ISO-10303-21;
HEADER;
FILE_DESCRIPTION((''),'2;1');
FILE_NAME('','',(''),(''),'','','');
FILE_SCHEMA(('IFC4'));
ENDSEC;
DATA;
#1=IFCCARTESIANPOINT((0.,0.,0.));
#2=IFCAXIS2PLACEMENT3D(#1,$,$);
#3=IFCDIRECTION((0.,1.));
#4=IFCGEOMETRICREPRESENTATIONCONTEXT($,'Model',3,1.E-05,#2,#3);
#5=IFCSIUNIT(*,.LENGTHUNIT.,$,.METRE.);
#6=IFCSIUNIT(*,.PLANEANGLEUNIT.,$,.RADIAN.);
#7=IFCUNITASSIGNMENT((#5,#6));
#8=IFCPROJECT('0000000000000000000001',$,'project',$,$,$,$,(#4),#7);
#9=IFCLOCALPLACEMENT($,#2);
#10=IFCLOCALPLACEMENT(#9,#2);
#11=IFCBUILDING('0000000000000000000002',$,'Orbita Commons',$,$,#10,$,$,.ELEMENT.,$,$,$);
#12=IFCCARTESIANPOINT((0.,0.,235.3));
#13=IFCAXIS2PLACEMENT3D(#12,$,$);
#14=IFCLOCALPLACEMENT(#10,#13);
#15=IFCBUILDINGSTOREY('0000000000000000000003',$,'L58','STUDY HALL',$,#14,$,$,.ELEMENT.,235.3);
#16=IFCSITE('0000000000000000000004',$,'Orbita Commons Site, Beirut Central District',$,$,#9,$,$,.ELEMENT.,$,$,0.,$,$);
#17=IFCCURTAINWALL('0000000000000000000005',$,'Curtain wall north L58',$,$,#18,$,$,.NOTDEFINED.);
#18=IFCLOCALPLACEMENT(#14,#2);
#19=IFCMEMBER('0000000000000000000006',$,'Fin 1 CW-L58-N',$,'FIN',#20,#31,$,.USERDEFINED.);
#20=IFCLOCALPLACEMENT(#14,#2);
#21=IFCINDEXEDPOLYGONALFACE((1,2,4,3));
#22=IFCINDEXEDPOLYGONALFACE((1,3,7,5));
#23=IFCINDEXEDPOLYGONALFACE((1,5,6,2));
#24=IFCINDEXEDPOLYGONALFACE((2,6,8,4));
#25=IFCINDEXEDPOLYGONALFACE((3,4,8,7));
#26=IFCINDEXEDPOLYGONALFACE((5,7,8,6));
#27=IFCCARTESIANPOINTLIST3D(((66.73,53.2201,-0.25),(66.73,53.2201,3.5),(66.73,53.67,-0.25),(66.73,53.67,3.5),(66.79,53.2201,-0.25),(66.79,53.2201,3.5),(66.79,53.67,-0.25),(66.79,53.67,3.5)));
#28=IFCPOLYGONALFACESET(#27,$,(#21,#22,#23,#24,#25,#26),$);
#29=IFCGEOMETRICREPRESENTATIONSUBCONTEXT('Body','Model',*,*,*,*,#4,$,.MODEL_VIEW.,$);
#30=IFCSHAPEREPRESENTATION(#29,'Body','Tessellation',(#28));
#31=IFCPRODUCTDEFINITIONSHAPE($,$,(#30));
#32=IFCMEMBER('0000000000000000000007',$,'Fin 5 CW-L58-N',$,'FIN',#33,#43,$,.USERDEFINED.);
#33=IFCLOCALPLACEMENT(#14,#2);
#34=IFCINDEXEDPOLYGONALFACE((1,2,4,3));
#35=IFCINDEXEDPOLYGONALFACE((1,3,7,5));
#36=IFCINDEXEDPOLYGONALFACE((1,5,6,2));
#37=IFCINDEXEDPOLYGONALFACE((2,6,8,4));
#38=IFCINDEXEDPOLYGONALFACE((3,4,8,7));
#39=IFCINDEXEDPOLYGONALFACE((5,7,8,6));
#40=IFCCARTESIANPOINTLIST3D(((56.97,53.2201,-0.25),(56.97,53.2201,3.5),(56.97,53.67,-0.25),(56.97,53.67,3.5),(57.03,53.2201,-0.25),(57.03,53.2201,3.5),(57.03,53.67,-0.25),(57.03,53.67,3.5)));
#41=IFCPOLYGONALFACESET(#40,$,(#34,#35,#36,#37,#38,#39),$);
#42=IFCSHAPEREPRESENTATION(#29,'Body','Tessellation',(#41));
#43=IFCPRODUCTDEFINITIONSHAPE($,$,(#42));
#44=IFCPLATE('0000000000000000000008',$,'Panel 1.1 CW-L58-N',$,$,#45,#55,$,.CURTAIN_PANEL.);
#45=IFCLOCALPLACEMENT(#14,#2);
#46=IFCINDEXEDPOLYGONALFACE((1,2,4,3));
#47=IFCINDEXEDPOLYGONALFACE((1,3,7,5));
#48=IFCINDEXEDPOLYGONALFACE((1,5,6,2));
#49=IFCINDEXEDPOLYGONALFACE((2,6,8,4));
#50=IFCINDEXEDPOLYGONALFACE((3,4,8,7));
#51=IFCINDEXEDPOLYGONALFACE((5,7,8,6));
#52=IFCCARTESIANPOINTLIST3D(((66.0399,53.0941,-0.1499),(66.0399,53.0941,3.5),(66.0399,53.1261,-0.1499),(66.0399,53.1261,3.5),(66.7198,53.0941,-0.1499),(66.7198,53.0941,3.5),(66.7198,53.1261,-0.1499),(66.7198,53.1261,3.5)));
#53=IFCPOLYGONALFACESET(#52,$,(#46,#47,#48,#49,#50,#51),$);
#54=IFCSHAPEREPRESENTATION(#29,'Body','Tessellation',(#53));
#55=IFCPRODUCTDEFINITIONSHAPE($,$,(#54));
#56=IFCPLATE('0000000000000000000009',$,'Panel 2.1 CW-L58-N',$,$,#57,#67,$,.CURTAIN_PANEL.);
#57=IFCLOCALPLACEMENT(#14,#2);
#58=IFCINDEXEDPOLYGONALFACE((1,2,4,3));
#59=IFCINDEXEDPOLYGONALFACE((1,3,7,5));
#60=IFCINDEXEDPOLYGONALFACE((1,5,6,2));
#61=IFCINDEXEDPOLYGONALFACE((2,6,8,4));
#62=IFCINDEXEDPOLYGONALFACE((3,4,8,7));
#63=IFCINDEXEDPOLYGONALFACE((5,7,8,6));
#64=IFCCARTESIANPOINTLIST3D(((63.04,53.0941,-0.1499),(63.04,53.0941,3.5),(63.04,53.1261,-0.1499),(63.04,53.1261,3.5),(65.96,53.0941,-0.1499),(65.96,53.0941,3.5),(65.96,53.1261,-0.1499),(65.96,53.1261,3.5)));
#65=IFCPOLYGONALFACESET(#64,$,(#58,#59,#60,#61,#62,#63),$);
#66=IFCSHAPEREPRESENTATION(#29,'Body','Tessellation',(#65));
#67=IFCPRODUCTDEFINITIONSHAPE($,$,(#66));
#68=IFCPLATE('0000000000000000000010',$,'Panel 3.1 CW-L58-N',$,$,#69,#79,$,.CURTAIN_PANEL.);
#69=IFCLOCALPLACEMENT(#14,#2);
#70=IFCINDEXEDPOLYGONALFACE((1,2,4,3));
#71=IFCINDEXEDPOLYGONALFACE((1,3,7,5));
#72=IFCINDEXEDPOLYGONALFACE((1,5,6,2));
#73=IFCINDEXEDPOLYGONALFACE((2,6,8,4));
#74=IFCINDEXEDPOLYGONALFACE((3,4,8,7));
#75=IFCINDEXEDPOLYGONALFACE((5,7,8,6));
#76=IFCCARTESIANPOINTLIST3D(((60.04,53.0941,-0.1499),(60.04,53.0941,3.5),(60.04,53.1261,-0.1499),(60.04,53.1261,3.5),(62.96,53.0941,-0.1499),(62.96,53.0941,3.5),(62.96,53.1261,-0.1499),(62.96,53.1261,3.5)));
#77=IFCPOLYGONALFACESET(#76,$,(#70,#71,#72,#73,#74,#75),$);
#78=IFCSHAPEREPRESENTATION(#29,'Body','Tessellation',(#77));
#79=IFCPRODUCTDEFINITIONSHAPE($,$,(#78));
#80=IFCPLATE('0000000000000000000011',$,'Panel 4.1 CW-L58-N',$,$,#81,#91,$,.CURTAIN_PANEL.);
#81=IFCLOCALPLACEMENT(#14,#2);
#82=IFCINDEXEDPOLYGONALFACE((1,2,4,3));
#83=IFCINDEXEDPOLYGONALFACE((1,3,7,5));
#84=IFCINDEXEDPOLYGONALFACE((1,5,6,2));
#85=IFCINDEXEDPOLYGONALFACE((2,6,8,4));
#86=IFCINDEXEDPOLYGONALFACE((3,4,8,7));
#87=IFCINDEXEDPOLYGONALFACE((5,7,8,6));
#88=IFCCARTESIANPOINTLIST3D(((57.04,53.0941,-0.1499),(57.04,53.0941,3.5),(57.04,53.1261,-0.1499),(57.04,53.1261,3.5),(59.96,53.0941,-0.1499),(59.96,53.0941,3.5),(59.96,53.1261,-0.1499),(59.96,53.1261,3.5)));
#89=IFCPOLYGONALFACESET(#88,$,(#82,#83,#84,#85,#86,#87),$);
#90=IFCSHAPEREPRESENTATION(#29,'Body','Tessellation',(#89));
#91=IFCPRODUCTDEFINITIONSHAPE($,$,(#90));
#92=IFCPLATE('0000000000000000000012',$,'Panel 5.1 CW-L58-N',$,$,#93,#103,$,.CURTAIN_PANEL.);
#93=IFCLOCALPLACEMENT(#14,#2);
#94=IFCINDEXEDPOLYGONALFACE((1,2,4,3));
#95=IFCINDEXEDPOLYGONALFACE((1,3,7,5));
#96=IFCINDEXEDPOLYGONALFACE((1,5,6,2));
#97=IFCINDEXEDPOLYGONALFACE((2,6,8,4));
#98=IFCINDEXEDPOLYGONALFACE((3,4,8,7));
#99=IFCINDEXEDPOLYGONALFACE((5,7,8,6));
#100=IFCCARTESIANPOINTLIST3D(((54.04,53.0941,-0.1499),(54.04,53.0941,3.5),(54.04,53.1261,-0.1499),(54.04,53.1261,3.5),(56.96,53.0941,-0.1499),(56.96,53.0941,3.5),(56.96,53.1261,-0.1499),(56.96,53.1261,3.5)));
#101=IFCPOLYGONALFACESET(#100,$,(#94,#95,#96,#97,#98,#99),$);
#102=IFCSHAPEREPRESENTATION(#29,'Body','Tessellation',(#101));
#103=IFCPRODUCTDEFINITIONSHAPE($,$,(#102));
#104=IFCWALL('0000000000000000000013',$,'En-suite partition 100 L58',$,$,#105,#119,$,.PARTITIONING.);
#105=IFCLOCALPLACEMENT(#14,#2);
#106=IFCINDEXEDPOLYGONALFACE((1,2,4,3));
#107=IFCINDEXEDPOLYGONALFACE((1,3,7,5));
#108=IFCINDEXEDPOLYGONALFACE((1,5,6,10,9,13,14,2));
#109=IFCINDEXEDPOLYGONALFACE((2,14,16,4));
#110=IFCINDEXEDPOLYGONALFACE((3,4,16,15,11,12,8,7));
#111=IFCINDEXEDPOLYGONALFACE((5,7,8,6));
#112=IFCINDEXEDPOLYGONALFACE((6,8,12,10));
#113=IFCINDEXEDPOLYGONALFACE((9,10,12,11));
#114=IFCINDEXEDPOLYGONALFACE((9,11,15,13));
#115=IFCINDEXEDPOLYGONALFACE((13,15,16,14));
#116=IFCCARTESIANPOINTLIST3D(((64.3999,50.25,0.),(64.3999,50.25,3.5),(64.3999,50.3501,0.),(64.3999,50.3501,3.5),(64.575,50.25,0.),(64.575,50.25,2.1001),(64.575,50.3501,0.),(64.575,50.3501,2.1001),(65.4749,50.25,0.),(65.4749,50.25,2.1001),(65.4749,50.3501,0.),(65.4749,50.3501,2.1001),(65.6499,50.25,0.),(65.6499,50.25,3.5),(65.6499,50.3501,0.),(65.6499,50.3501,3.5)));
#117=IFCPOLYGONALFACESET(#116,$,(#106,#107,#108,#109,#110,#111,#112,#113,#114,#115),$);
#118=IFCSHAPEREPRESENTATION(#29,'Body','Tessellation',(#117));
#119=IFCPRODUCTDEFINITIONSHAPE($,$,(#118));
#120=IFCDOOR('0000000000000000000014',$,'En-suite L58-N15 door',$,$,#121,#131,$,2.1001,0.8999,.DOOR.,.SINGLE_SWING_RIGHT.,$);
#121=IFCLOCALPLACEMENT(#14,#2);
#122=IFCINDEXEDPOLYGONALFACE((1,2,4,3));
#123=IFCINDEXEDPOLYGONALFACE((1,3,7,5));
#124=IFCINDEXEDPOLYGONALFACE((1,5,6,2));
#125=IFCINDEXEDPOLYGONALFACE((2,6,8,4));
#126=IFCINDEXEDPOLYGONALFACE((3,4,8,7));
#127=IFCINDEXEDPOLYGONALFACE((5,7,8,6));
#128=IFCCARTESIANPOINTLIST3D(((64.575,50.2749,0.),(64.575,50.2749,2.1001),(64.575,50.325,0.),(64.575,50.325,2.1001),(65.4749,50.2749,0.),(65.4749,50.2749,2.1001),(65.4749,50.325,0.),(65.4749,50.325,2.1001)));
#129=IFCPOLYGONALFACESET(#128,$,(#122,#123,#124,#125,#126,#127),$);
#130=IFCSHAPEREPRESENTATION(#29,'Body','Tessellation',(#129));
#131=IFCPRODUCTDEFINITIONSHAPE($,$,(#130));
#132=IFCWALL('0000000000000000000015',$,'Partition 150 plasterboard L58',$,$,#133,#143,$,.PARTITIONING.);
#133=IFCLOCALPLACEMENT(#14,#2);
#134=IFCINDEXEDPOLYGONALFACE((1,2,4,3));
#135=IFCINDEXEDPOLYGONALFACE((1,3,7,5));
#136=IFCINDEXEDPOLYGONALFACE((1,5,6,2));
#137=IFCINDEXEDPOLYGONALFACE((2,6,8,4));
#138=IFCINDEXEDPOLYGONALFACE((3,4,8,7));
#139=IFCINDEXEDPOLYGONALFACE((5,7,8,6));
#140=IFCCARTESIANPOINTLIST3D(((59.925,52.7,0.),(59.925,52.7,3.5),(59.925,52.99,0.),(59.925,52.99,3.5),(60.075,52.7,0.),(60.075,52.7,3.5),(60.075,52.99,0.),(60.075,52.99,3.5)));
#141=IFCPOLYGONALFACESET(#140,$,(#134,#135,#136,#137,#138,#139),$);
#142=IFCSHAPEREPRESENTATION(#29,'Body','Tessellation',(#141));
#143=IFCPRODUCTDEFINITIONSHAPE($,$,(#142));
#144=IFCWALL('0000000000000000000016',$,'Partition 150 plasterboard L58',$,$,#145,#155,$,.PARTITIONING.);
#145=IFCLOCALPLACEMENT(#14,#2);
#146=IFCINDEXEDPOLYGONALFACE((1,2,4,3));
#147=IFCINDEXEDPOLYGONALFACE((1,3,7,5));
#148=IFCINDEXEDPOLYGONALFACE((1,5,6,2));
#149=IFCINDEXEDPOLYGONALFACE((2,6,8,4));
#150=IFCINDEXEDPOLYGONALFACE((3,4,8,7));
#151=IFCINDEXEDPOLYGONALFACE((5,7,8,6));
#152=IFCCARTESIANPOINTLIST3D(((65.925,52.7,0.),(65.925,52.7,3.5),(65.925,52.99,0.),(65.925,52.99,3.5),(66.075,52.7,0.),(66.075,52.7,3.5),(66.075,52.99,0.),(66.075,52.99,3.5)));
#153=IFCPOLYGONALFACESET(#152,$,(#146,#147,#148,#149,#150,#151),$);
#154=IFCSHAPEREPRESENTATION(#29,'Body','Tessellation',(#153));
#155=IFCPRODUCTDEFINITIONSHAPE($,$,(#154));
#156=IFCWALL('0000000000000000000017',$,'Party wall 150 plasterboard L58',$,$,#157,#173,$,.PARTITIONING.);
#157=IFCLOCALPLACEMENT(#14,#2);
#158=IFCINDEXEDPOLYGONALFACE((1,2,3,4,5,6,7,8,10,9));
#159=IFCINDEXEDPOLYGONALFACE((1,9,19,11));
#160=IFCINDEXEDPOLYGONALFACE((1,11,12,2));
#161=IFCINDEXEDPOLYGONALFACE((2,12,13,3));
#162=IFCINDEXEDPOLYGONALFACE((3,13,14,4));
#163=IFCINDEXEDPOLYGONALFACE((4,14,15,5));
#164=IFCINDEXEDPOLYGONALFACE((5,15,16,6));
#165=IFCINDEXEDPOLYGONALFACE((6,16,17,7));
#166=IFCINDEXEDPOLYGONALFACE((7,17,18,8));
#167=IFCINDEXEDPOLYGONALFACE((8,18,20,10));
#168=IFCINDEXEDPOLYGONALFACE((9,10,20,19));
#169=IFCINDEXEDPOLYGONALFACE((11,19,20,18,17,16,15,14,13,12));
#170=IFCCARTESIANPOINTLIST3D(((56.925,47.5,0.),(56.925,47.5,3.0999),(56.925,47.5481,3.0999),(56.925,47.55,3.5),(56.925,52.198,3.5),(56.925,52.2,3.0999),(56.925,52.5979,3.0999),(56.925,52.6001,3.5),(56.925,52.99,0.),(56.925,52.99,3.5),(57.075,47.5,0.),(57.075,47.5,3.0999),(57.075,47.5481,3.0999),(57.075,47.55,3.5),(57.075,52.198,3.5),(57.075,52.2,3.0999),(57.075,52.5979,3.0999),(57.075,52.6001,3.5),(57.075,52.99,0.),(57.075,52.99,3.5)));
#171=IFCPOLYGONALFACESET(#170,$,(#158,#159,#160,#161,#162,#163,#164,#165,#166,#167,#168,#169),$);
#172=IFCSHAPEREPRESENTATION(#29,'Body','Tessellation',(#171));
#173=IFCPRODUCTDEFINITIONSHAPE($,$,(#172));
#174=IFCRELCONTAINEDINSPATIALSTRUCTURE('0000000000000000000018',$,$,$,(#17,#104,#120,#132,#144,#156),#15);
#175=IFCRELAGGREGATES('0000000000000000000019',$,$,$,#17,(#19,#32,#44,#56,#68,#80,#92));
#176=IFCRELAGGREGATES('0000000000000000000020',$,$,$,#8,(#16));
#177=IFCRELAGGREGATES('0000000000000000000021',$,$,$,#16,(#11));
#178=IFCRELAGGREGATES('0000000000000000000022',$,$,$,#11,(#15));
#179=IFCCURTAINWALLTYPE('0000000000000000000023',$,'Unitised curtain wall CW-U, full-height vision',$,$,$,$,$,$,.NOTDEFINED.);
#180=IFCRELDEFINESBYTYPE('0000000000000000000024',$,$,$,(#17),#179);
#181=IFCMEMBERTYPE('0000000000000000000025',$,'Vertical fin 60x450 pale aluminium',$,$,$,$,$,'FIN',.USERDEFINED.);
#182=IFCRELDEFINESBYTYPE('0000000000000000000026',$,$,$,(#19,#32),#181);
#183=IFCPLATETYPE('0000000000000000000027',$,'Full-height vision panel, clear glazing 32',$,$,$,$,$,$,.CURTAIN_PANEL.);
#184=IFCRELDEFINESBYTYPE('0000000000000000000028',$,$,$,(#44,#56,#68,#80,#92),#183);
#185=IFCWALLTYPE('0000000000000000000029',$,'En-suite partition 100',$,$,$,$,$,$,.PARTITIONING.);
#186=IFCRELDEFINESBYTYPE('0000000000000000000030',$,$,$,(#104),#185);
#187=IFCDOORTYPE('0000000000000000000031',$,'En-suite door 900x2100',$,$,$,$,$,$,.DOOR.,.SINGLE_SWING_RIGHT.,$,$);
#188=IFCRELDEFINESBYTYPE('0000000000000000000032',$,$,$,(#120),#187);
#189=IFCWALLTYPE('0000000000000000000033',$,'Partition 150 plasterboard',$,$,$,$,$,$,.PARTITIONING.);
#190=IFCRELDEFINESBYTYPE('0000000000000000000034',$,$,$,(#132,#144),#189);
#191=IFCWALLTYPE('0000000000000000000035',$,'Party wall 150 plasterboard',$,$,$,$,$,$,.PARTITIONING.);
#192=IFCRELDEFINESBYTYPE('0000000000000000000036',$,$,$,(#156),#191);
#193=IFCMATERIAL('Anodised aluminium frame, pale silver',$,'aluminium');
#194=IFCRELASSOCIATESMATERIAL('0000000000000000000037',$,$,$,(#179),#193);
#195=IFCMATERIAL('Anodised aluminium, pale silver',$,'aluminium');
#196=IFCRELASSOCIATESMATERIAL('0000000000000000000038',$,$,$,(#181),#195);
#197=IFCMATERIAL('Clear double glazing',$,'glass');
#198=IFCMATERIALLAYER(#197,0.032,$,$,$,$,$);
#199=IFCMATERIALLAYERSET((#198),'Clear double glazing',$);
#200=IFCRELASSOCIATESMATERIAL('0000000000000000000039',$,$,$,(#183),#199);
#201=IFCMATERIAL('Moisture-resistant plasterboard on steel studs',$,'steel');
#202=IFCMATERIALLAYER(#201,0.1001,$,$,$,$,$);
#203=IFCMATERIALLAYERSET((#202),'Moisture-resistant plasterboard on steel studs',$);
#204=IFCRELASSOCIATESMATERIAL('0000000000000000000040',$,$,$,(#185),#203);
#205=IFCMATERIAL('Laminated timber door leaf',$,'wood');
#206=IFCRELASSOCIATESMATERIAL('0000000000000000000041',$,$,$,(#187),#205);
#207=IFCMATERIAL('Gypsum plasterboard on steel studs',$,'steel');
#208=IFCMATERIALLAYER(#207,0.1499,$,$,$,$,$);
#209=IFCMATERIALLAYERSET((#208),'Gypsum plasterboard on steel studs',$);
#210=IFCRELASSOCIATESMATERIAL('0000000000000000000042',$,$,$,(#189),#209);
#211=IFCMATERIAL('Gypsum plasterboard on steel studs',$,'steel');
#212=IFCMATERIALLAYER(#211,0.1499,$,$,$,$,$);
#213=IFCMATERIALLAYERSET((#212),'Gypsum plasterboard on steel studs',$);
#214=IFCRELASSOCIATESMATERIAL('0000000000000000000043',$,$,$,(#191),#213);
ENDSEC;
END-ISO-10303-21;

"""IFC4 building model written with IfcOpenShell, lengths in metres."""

from ifc_helpers import new_model, si_unit, direction, frame, frame_2d, origin, origin_2d, place, context, subcontext, project, spatial, polyline, rectangle, outline, extrude, material, layer, layer_set, material_profile, profile_set, type_object, element, fill, aggregate, save


model = new_model("IFC4")

# Units and contexts
model_context = context("Model", 3, precision=1e-05, world=origin(), true_north=direction((0.0, 1.0)))
body_context = subcontext(model_context, "Body", "Model", "MODEL_VIEW")
ifc_project = project(units=[si_unit("LENGTHUNIT", "METRE"), si_unit("PLANEANGLEUNIT", "RADIAN")], contexts=[model_context])

# Site, building, storey
site_placement = place(None, origin())
site = spatial("IfcSite", under=ifc_project, at=site_placement, Name="Orbita Commons Site, Beirut Central District", CompositionType="ELEMENT", RefElevation=0.0)
building_placement = place(site_placement, origin())
building = spatial("IfcBuilding", under=site, at=building_placement, Name="Orbita Commons", CompositionType="ELEMENT")
storey_placement = place(building_placement, frame((0.0, 0.0, 235.3)))
storey = spatial("IfcBuildingStorey", under=building, at=storey_placement, Name="L58", Description="STUDY HALL", CompositionType="ELEMENT", Elevation=235.3)

# Curtain wall
ifc_material_1 = material(Name="Anodised aluminium frame, pale silver", Category="aluminium")
curtain_wall_type = type_object("IfcCurtainWallType", Name="Unitised curtain wall CW-U, full-height vision", PredefinedType="NOTDEFINED", material=ifc_material_1)
curtain_wall_placement = place(storey_placement, origin())
curtain_wall = element("IfcCurtainWall", 1, at=curtain_wall_placement, inside=storey, type_object=curtain_wall_type, Name="Curtain wall north L58", PredefinedType="NOTDEFINED")

# Members
ifc_material_2 = material(Name="Anodised aluminium, pale silver", Category="aluminium")
ifc_material_profile_1 = material_profile(ifc_material_2, rectangle(XDim=0.0601, YDim=0.45, at=origin_2d()), Name="FIN 60x450")
ifc_profile_set_1 = profile_set([ifc_material_profile_1], Name="Anodised aluminium, pale silver")
member_type_1 = type_object("IfcMemberType", Name="Vertical fin 60x450 pale aluminium", ElementType="FIN", PredefinedType="USERDEFINED", material=ifc_profile_set_1)
member_1_placement = place(storey_placement, frame((66.76, 53.4451, -0.25), z_axis=(0.0, 0.0, 1.0), x_axis=(-1.0, 0.0, 0.0)))
member_1 = element("IfcMember", 2, at=member_1_placement, type_object=member_type_1, Name="Fin 1 CW-L58-N", ObjectType="FIN", PredefinedType="USERDEFINED", context=body_context, shape_type="SweptSolid", body=[
    extrude(rectangle(XDim=0.0601, YDim=0.45, at=origin_2d()), origin(), (0.0, 0.0, 1.0), 3.75),
])
member_2_placement = place(storey_placement, frame((57.0, 53.4451, -0.25), z_axis=(0.0, 0.0, 1.0), x_axis=(-1.0, 0.0, 0.0)))
member_2 = element("IfcMember", 3, at=member_2_placement, type_object=member_type_1, Name="Fin 5 CW-L58-N", ObjectType="FIN", PredefinedType="USERDEFINED", context=body_context, shape_type="SweptSolid", body=[
    extrude(rectangle(XDim=0.0601, YDim=0.45, at=origin_2d()), origin(), (0.0, 0.0, 1.0), 3.75),
])

# Plates
ifc_material_3 = material(Name="Clear double glazing", Category="glass")
ifc_layer_1 = layer(ifc_material_3, 0.032)
ifc_layer_set_1 = layer_set([ifc_layer_1], Name="Clear double glazing")
plate_type = type_object("IfcPlateType", Name="Full-height vision panel, clear glazing 32", PredefinedType="CURTAIN_PANEL", material=ifc_layer_set_1)
plate_1_placement = place(storey_placement, frame((66.3799, 53.1101, -0.1499), z_axis=(0.0, 0.0, 1.0), x_axis=(-1.0, 0.0, 0.0)))
plate_1 = element("IfcPlate", 4, at=plate_1_placement, type_object=plate_type, Name="Panel 1.1 CW-L58-N", PredefinedType="CURTAIN_PANEL", context=body_context, shape_type="SweptSolid", body=[
    extrude(rectangle(XDim=0.6799, YDim=0.032, at=origin_2d()), origin(), (0.0, 0.0, 1.0), 3.6499),
])
plate_2_placement = place(storey_placement, frame((64.5, 53.1101, -0.1499), z_axis=(0.0, 0.0, 1.0), x_axis=(-1.0, 0.0, 0.0)))
plate_2 = element("IfcPlate", 5, at=plate_2_placement, type_object=plate_type, Name="Panel 2.1 CW-L58-N", PredefinedType="CURTAIN_PANEL", context=body_context, shape_type="SweptSolid", body=[
    extrude(rectangle(XDim=2.9199, YDim=0.032, at=origin_2d()), origin(), (0.0, 0.0, 1.0), 3.6499),
])
plate_3_placement = place(storey_placement, frame((61.5, 53.1101, -0.1499), z_axis=(0.0, 0.0, 1.0), x_axis=(-1.0, 0.0, 0.0)))
plate_3 = element("IfcPlate", 6, at=plate_3_placement, type_object=plate_type, Name="Panel 3.1 CW-L58-N", PredefinedType="CURTAIN_PANEL", context=body_context, shape_type="SweptSolid", body=[
    extrude(rectangle(XDim=2.9199, YDim=0.032, at=origin_2d()), origin(), (0.0, 0.0, 1.0), 3.6499),
])
plate_4_placement = place(storey_placement, frame((58.5, 53.1101, -0.1499), z_axis=(0.0, 0.0, 1.0), x_axis=(-1.0, 0.0, 0.0)))
plate_4 = element("IfcPlate", 7, at=plate_4_placement, type_object=plate_type, Name="Panel 4.1 CW-L58-N", PredefinedType="CURTAIN_PANEL", context=body_context, shape_type="SweptSolid", body=[
    extrude(rectangle(XDim=2.9199, YDim=0.032, at=origin_2d()), origin(), (0.0, 0.0, 1.0), 3.6499),
])
plate_5_placement = place(storey_placement, frame((55.5, 53.1101, -0.1499), z_axis=(0.0, 0.0, 1.0), x_axis=(-1.0, 0.0, 0.0)))
plate_5 = element("IfcPlate", 8, at=plate_5_placement, type_object=plate_type, Name="Panel 5.1 CW-L58-N", PredefinedType="CURTAIN_PANEL", context=body_context, shape_type="SweptSolid", body=[
    extrude(rectangle(XDim=2.9199, YDim=0.032, at=origin_2d()), origin(), (0.0, 0.0, 1.0), 3.6499),
])
aggregate(curtain_wall, [member_1, member_2, plate_1, plate_2, plate_3, plate_4, plate_5])

# Wall, opening, door
ifc_material_4 = material(Name="Moisture-resistant plasterboard on steel studs", Category="steel")
ifc_layer_2 = layer(ifc_material_4, 0.1001)
ifc_layer_set_2 = layer_set([ifc_layer_2], Name="Moisture-resistant plasterboard on steel studs")
wall_type_1 = type_object("IfcWallType", Name="En-suite partition 100", PredefinedType="PARTITIONING", material=ifc_layer_set_2)
wall_1_placement = place(storey_placement, frame((64.3999, 50.3, 0.0), z_axis=(0.0, 0.0, 1.0), x_axis=(1.0, 0.0, 0.0)))
wall_1 = element("IfcWall", 9, at=wall_1_placement, inside=storey, type_object=wall_type_1, Name="En-suite partition 100 L58", PredefinedType="PARTITIONING", context=body_context, shape_type="SweptSolid", body=[
    extrude(rectangle(XDim=1.25, YDim=0.1001, at=frame_2d((0.625, 0.0))), origin(), (0.0, 0.0, 1.0), 3.5),
])
opening_1_placement = place(wall_1_placement, frame((0.175, 0.0, 0.0)))
opening_1 = element("IfcOpeningElement", 10, at=opening_1_placement, cuts=wall_1, PredefinedType="OPENING", context=body_context, shape_type="SweptSolid", body=[
    extrude(rectangle(XDim=0.8999, YDim=2.1001, at=frame_2d((0.45, 1.05))), frame((0.0, 0.0601, 0.0), z_axis=(0.0, -1.0, 0.0), x_axis=(1.0, 0.0, 0.0)), (0.0, 0.0, 1.0), 0.1201),
])
ifc_material_5 = material(Name="Laminated timber door leaf", Category="wood")
door_type = type_object("IfcDoorType", Name="En-suite door 900x2100", OperationType="SINGLE_SWING_RIGHT", PredefinedType="DOOR", material=ifc_material_5)
door_placement = place(opening_1_placement, origin())
door = element("IfcDoor", 11, at=door_placement, inside=storey, type_object=door_type, Name="En-suite L58-N15 door", OperationType="SINGLE_SWING_RIGHT", OverallHeight=2.1001, OverallWidth=0.8999, PredefinedType="DOOR", context=body_context, shape_type="SweptSolid", body=[
    extrude(rectangle(XDim=0.8999, YDim=2.1001, at=frame_2d((0.45, 1.05))), frame((0.0, 0.0249, 0.0), z_axis=(0.0, -1.0, 0.0), x_axis=(1.0, 0.0, 0.0)), (0.0, 0.0, 1.0), 0.05),
])
fill(opening_1, door)

# Walls
ifc_material_6 = material(Name="Gypsum plasterboard on steel studs", Category="steel")
ifc_layer_3 = layer(ifc_material_6, 0.1499)
ifc_layer_set_3 = layer_set([ifc_layer_3], Name="Gypsum plasterboard on steel studs")
wall_type_2 = type_object("IfcWallType", Name="Partition 150 plasterboard", PredefinedType="PARTITIONING", material=ifc_layer_set_3)
for number, where, z_axis, x_axis, name in (
    (12, (60.0, 52.7, 0.0), (0.0, 0.0, 1.0), (0.0, 1.0, 0.0), "Partition 150 plasterboard L58"),
    (13, (66.0, 52.7, 0.0), (0.0, 0.0, 1.0), (0.0, 1.0, 0.0), "Partition 150 plasterboard L58"),
):
    element("IfcWall", number, at=place(storey_placement, frame(where, z_axis=z_axis, x_axis=x_axis)), inside=storey, type_object=wall_type_2, Name=name, PredefinedType="PARTITIONING", context=body_context, shape_type="SweptSolid", body=[
        extrude(rectangle(XDim=0.29, YDim=0.1499, at=frame_2d((0.145, 0.0))), origin(), (0.0, 0.0, 1.0), 3.5),
    ])
ifc_material_7 = material(Name="Gypsum plasterboard on steel studs", Category="steel")
ifc_layer_4 = layer(ifc_material_7, 0.1499)
ifc_layer_set_4 = layer_set([ifc_layer_4], Name="Gypsum plasterboard on steel studs")
wall_type_3 = type_object("IfcWallType", Name="Party wall 150 plasterboard", PredefinedType="PARTITIONING", material=ifc_layer_set_4)
for number, where, z_axis, x_axis, name in (
    (14, (57.0, 52.99, 0.0), (0.0, 0.0, 1.0), (0.0, -1.0, 0.0), "Party wall 150 plasterboard L58"),
):
    element("IfcWall", number, at=place(storey_placement, frame(where, z_axis=z_axis, x_axis=x_axis)), inside=storey, type_object=wall_type_3, Name=name, PredefinedType="PARTITIONING", context=body_context, shape_type="SweptSolid", body=[
        extrude(outline(polyline([(0.0, 0.0), (5.49, 0.0), (5.49, 3.0999), (5.4419, 3.0999), (5.4399, 3.5), (0.792, 3.5), (0.79, 3.0999), (0.3921, 3.0999), (0.3899, 3.5), (0.0, 3.5), (0.0, 0.0)])), frame((0.0, 0.075, 0.0), z_axis=(0.0, -1.0, 0.0), x_axis=(1.0, 0.0, 0.0)), (0.0, 0.0, 1.0), 0.1499),
    ])

save(model, "model.ifc")
